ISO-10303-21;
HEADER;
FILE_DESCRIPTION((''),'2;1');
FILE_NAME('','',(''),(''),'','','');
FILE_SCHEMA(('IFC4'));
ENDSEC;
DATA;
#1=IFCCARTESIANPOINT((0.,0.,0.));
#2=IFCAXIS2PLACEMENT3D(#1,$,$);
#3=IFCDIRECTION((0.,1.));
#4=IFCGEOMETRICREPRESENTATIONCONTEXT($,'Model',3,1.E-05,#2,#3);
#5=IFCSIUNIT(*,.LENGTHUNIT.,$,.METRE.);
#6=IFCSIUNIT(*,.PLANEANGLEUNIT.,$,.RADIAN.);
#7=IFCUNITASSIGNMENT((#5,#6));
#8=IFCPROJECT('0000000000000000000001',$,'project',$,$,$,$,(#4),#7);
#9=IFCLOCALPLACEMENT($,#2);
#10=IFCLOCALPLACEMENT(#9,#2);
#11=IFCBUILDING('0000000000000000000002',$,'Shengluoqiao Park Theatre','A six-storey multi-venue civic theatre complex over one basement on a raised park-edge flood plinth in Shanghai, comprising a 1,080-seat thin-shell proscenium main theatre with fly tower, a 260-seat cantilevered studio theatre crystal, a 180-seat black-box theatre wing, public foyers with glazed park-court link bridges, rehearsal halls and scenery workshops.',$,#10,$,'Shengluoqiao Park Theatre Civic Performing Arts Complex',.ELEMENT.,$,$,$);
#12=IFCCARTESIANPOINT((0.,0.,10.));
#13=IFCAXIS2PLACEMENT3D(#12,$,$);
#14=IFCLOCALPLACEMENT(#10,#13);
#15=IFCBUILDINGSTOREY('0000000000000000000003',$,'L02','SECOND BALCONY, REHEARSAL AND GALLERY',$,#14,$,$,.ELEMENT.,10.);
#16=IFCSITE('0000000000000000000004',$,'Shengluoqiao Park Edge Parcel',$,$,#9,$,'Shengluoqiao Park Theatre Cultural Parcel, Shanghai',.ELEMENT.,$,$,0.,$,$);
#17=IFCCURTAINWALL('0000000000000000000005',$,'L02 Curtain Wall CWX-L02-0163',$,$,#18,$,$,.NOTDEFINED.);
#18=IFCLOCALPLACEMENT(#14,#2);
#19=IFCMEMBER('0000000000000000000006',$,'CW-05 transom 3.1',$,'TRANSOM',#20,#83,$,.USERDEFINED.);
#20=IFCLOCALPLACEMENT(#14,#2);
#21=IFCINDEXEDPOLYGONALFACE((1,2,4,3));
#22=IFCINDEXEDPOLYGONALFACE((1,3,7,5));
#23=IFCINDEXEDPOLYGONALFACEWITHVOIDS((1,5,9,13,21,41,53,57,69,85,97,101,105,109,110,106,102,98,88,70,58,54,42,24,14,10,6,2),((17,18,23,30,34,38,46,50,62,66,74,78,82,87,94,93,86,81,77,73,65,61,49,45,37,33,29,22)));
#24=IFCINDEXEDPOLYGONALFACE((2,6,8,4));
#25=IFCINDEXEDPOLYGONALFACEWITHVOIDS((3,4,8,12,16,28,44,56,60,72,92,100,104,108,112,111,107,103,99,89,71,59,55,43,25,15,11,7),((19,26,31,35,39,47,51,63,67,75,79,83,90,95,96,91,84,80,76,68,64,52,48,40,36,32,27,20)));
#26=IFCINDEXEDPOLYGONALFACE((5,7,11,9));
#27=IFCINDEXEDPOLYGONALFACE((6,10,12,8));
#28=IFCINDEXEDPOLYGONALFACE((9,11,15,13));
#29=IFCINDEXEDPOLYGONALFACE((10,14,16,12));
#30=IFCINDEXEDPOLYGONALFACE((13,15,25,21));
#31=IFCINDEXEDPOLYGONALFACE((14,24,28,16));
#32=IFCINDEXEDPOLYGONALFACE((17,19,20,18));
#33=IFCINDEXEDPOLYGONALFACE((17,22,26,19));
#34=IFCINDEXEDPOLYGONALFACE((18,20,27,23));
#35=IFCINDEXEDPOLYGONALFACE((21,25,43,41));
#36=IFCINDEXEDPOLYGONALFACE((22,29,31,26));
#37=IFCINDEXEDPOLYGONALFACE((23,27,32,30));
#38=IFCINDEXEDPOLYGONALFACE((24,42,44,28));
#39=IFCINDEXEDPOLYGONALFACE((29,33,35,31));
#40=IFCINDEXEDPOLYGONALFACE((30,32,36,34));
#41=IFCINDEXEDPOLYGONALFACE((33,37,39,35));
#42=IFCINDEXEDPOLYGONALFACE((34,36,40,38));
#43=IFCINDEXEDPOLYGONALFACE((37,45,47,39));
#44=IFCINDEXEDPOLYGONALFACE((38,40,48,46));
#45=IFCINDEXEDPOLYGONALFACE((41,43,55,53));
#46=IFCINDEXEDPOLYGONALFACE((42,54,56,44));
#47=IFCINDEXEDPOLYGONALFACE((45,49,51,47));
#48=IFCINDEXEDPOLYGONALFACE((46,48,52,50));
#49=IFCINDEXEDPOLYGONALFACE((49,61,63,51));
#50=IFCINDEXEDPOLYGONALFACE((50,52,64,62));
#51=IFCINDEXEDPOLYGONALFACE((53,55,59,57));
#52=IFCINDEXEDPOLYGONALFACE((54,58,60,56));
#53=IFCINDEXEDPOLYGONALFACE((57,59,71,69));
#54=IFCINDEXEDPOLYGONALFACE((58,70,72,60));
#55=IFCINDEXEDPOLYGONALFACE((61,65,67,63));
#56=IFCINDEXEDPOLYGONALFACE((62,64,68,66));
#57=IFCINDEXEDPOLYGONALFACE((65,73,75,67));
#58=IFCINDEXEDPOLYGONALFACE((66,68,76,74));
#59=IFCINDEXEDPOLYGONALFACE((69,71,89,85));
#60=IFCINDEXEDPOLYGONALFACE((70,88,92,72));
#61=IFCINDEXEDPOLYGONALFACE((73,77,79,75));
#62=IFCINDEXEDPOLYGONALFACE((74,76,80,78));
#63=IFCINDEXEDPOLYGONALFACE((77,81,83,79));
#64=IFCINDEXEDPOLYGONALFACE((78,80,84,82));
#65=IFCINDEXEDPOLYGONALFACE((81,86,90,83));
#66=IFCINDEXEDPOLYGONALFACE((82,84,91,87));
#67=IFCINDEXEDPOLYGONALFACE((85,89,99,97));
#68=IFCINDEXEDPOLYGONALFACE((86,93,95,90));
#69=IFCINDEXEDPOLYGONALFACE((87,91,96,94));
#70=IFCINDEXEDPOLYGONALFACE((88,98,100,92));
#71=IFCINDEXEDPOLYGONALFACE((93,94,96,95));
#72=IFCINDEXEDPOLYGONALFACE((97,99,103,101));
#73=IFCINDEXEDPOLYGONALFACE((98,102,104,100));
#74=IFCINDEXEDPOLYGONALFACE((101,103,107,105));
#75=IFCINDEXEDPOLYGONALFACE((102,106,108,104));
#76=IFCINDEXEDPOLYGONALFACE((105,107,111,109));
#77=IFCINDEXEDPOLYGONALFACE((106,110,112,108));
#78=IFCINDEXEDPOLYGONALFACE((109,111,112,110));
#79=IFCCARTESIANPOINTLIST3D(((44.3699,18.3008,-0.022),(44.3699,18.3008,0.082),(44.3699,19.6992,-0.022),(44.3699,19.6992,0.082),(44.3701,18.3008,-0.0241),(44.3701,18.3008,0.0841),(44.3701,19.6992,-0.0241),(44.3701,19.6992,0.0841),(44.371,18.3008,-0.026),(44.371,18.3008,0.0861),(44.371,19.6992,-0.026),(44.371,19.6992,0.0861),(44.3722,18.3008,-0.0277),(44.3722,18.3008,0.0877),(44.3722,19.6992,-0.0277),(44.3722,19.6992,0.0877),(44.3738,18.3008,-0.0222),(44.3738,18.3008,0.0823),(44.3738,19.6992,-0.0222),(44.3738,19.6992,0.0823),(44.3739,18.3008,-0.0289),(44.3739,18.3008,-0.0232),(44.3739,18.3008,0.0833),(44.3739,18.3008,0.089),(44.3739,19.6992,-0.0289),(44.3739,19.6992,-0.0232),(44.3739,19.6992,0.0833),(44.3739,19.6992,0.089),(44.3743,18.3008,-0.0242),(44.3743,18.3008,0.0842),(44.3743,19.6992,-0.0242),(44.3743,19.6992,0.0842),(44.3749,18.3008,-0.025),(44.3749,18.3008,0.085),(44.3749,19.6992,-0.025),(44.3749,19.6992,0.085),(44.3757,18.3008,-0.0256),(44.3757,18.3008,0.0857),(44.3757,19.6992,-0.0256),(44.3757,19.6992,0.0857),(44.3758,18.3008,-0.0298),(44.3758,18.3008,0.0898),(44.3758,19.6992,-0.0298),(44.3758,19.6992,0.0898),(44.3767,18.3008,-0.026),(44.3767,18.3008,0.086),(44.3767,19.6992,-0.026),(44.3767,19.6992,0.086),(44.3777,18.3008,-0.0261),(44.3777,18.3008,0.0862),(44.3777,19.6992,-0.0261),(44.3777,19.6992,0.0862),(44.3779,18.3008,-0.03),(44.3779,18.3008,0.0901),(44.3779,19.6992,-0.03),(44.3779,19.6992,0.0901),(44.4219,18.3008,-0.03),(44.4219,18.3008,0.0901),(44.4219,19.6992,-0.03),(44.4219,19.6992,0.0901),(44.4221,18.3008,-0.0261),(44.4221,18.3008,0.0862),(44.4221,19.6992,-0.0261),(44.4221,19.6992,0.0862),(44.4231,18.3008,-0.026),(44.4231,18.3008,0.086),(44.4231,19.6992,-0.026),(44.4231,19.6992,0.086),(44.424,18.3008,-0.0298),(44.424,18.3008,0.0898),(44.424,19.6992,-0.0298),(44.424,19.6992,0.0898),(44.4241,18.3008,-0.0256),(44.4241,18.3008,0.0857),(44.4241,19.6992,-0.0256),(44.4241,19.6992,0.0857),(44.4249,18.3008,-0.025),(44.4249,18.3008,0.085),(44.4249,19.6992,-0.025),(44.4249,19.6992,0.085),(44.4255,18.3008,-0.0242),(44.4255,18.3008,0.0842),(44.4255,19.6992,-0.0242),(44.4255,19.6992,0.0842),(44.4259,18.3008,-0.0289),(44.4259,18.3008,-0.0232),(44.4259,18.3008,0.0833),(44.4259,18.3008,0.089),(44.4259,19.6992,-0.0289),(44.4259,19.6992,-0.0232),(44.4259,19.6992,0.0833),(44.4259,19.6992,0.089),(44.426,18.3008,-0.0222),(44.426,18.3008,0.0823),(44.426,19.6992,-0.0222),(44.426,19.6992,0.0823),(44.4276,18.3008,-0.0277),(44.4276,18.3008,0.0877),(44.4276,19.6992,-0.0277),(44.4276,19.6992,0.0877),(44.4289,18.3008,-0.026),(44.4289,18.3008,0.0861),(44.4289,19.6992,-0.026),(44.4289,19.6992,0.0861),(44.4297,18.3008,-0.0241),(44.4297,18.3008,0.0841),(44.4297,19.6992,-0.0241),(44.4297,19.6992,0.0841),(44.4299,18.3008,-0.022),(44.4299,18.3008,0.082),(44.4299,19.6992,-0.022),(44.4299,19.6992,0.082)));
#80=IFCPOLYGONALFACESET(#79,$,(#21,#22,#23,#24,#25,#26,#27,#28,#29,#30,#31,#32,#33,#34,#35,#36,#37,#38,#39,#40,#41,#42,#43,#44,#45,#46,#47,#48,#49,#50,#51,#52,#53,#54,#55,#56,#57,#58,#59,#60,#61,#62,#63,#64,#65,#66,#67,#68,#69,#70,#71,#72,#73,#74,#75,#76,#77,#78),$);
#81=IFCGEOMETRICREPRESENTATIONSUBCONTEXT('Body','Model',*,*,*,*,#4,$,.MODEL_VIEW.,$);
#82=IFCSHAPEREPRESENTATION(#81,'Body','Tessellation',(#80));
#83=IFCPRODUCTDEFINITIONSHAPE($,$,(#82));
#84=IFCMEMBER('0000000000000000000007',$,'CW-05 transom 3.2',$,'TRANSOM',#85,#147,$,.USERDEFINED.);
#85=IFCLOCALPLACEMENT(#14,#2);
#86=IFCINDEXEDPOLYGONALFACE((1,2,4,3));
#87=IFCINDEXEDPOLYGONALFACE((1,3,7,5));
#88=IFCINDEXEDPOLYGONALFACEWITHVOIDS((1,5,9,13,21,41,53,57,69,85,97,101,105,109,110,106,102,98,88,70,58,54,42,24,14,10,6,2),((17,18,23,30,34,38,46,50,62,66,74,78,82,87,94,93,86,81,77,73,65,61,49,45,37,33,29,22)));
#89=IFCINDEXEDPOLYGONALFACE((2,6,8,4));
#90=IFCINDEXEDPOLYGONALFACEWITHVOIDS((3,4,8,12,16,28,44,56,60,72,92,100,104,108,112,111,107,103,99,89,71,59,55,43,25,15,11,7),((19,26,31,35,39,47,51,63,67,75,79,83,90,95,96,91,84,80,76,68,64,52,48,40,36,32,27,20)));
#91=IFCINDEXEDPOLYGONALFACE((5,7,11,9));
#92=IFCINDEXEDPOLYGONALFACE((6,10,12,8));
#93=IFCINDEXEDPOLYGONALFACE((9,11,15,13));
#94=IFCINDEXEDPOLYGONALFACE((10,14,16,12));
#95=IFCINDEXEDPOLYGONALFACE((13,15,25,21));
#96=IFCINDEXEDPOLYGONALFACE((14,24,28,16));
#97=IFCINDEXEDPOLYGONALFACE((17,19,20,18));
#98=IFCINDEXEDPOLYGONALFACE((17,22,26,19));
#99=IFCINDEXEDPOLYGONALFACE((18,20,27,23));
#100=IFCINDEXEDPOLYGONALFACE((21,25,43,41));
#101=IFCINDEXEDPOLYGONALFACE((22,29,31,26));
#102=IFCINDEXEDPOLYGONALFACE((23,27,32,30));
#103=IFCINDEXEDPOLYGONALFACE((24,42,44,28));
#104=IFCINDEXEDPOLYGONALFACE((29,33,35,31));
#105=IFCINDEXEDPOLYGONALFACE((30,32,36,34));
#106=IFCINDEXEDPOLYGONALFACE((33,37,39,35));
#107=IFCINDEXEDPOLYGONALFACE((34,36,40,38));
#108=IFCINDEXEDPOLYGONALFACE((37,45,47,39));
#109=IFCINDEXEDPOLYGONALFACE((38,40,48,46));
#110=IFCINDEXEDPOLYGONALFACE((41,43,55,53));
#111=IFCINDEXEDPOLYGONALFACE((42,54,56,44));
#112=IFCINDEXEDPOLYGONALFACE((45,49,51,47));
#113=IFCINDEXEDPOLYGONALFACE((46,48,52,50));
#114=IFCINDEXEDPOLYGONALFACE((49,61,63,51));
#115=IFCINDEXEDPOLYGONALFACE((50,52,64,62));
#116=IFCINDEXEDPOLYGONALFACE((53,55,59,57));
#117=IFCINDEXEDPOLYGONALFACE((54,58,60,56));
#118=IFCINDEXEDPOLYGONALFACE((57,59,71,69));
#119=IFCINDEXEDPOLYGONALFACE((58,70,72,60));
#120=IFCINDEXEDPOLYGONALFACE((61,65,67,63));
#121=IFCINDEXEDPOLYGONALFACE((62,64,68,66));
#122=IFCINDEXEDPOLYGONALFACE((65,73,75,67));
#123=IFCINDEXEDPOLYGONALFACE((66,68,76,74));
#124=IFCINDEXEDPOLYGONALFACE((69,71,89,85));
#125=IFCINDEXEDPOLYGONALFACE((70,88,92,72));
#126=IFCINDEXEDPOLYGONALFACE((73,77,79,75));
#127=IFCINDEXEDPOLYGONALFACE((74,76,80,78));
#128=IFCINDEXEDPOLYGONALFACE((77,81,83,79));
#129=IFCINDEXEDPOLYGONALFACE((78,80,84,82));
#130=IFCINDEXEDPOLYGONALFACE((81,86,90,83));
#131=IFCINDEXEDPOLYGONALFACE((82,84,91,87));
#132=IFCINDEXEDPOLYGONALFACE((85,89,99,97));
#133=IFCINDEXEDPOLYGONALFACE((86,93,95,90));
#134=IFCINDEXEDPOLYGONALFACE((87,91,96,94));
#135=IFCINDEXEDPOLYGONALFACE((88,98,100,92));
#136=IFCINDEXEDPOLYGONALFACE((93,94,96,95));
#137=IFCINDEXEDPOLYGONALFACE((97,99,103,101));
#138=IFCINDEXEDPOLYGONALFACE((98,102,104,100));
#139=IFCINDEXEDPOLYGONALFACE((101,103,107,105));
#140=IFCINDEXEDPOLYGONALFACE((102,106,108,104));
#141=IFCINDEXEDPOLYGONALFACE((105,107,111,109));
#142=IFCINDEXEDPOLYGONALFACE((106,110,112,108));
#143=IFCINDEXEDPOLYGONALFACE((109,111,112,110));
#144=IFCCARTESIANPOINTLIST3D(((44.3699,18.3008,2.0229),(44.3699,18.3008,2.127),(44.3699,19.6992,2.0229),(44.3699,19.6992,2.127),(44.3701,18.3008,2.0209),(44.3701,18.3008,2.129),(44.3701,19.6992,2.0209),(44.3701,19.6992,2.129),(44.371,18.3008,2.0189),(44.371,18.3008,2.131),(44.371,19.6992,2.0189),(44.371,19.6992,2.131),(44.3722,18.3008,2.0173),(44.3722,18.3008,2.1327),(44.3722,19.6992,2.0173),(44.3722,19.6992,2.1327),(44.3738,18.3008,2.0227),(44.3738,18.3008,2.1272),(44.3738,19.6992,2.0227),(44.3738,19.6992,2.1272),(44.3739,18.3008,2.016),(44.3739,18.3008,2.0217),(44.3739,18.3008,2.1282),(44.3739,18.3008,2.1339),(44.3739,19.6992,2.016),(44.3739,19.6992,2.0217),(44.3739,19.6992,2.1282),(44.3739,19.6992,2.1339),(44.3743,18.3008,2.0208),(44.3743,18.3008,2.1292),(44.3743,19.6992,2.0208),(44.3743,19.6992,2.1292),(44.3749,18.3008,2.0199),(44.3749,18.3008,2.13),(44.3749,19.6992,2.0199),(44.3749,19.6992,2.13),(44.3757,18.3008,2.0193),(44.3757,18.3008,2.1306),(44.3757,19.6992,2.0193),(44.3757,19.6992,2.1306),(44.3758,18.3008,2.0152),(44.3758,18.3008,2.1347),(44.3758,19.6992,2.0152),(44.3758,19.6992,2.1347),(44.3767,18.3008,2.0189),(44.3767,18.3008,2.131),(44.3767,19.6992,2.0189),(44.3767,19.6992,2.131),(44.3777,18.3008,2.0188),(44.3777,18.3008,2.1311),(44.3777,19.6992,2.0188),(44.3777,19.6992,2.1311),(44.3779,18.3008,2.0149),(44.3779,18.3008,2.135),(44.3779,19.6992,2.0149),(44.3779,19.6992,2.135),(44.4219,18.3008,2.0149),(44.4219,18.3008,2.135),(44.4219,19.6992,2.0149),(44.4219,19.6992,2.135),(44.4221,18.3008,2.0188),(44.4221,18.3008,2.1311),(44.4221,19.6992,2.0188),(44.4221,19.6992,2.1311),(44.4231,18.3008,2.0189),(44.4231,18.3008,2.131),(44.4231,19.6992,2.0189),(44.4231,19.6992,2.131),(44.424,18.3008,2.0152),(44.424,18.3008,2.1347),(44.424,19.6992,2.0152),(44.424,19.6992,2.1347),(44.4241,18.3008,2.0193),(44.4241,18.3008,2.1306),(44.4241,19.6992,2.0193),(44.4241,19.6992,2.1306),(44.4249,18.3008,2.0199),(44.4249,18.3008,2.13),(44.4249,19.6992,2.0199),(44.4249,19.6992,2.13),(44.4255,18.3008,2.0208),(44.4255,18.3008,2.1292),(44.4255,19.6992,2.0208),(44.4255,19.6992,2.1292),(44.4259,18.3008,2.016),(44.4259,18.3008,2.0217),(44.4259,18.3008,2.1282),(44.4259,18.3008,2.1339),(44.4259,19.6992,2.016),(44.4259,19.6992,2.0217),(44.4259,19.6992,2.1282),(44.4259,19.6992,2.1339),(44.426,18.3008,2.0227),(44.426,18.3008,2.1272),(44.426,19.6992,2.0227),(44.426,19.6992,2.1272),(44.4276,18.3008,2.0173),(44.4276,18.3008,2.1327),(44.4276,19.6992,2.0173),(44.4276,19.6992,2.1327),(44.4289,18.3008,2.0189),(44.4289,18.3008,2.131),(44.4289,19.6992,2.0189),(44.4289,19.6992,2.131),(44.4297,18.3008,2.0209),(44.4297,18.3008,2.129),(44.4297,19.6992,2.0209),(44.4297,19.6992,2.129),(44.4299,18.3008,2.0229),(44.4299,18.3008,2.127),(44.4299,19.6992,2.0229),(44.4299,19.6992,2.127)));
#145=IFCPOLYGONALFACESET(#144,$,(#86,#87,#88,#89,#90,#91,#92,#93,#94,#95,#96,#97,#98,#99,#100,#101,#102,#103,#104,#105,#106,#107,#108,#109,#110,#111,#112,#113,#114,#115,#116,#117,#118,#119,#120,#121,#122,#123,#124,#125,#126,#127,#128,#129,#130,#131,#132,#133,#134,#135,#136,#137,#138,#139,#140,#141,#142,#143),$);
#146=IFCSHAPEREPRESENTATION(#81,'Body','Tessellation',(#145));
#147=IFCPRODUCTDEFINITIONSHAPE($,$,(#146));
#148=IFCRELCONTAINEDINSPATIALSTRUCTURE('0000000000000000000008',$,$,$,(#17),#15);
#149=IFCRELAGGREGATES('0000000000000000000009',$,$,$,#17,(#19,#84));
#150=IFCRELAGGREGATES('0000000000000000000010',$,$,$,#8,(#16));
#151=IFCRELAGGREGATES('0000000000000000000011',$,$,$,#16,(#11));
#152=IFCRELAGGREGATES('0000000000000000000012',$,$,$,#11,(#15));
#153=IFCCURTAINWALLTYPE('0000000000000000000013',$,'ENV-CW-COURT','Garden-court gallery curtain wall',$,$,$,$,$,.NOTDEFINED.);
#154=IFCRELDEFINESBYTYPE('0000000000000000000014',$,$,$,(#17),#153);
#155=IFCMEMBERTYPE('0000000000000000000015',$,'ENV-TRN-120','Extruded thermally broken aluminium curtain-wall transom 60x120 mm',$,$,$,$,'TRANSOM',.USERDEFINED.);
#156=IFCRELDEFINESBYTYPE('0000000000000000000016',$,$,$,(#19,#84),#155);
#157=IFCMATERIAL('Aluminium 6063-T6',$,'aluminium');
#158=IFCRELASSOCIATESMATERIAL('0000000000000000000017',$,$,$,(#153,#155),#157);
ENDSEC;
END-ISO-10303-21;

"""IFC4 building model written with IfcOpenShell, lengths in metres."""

from ifc_helpers import new_model, si_unit, direction, frame, origin, origin_2d, place, context, subcontext, project, spatial, hollow_rectangle, extrude, material, material_profile, profile_set, type_object, element, aggregate, save


model = new_model("IFC4")

# Units and contexts
model_context = context("Model", 3, precision=1e-05, world=origin(), true_north=direction((0.0, 1.0)))
body_context = subcontext(model_context, "Body", "Model", "MODEL_VIEW")
ifc_project = project(units=[si_unit("LENGTHUNIT", "METRE"), si_unit("PLANEANGLEUNIT", "RADIAN")], contexts=[model_context])

# Site, building, storey
site_placement = place(None, origin())
site = spatial("IfcSite", under=ifc_project, at=site_placement, Name="Shengluoqiao Park Edge Parcel", LongName="Shengluoqiao Park Theatre Cultural Parcel, Shanghai", CompositionType="ELEMENT", RefElevation=0.0)
building_placement = place(site_placement, origin())
building = spatial("IfcBuilding", under=site, at=building_placement, Name="Shengluoqiao Park Theatre", Description="A six-storey multi-venue civic theatre complex over one basement on a raised park-edge flood plinth in Shanghai, comprising a 1,080-seat thin-shell proscenium main theatre with fly tower, a 260-seat cantilevered studio theatre crystal, a 180-seat black-box theatre wing, public foyers with glazed park-court link bridges, rehearsal halls and scenery workshops.", LongName="Shengluoqiao Park Theatre Civic Performing Arts Complex", CompositionType="ELEMENT")
storey_placement = place(building_placement, frame((0.0, 0.0, 10.0)))
storey = spatial("IfcBuildingStorey", under=building, at=storey_placement, Name="L02", Description="SECOND BALCONY, REHEARSAL AND GALLERY", CompositionType="ELEMENT", Elevation=10.0)

# Curtain wall, members
ifc_material_1 = material(Name="Aluminium 6063-T6", Category="aluminium")
curtain_wall_type = type_object("IfcCurtainWallType", Name="ENV-CW-COURT", Description="Garden-court gallery curtain wall", PredefinedType="NOTDEFINED", material=ifc_material_1)
curtain_wall_1_placement = place(storey_placement, origin())
curtain_wall_1 = element("IfcCurtainWall", 1, at=curtain_wall_1_placement, inside=storey, type_object=curtain_wall_type, Name="L02 Curtain Wall CWX-L02-0163", PredefinedType="NOTDEFINED")
ifc_material_profile_1 = material_profile(ifc_material_1, hollow_rectangle(XDim=0.0601, YDim=0.1201, WallThickness=0.0039, InnerFilletRadius=0.0039, OuterFilletRadius=0.0081, at=origin_2d()), Name="ALU TRANSOM 120x60x4")
ifc_profile_set_1 = profile_set([ifc_material_profile_1], Name="Aluminium 6063-T6")
member_type_1 = type_object("IfcMemberType", Name="ENV-TRN-120", Description="Extruded thermally broken aluminium curtain-wall transom 60x120 mm", ElementType="TRANSOM", PredefinedType="USERDEFINED", material=ifc_profile_set_1)
member_1_placement = place(storey_placement, frame((44.3999, 18.3008, 0.03), z_axis=(0.0, 1.0, 0.0), x_axis=(-1.0, 0.0, 0.0)))
member_1 = element("IfcMember", 2, at=member_1_placement, type_object=member_type_1, Name="CW-05 transom 3.1", ObjectType="TRANSOM", PredefinedType="USERDEFINED", context=body_context, shape_type="SweptSolid", body=[
    extrude(hollow_rectangle(XDim=0.0601, YDim=0.1201, WallThickness=0.0039, InnerFilletRadius=0.0039, OuterFilletRadius=0.0081, at=origin_2d()), origin(), (0.0, 0.0, 1.0), 1.3984),
])
member_2_placement = place(storey_placement, frame((44.3999, 18.3008, 2.075), z_axis=(0.0, 1.0, 0.0), x_axis=(-1.0, 0.0, 0.0)))
member_2 = element("IfcMember", 3, at=member_2_placement, type_object=member_type_1, Name="CW-05 transom 3.2", ObjectType="TRANSOM", PredefinedType="USERDEFINED", context=body_context, shape_type="SweptSolid", body=[
    extrude(hollow_rectangle(XDim=0.0601, YDim=0.1201, WallThickness=0.0039, InnerFilletRadius=0.0039, OuterFilletRadius=0.0081, at=origin_2d()), origin(), (0.0, 0.0, 1.0), 1.3984),
])

aggregate(curtain_wall_1, [member_1, member_2])

save(model, "model.ifc")
